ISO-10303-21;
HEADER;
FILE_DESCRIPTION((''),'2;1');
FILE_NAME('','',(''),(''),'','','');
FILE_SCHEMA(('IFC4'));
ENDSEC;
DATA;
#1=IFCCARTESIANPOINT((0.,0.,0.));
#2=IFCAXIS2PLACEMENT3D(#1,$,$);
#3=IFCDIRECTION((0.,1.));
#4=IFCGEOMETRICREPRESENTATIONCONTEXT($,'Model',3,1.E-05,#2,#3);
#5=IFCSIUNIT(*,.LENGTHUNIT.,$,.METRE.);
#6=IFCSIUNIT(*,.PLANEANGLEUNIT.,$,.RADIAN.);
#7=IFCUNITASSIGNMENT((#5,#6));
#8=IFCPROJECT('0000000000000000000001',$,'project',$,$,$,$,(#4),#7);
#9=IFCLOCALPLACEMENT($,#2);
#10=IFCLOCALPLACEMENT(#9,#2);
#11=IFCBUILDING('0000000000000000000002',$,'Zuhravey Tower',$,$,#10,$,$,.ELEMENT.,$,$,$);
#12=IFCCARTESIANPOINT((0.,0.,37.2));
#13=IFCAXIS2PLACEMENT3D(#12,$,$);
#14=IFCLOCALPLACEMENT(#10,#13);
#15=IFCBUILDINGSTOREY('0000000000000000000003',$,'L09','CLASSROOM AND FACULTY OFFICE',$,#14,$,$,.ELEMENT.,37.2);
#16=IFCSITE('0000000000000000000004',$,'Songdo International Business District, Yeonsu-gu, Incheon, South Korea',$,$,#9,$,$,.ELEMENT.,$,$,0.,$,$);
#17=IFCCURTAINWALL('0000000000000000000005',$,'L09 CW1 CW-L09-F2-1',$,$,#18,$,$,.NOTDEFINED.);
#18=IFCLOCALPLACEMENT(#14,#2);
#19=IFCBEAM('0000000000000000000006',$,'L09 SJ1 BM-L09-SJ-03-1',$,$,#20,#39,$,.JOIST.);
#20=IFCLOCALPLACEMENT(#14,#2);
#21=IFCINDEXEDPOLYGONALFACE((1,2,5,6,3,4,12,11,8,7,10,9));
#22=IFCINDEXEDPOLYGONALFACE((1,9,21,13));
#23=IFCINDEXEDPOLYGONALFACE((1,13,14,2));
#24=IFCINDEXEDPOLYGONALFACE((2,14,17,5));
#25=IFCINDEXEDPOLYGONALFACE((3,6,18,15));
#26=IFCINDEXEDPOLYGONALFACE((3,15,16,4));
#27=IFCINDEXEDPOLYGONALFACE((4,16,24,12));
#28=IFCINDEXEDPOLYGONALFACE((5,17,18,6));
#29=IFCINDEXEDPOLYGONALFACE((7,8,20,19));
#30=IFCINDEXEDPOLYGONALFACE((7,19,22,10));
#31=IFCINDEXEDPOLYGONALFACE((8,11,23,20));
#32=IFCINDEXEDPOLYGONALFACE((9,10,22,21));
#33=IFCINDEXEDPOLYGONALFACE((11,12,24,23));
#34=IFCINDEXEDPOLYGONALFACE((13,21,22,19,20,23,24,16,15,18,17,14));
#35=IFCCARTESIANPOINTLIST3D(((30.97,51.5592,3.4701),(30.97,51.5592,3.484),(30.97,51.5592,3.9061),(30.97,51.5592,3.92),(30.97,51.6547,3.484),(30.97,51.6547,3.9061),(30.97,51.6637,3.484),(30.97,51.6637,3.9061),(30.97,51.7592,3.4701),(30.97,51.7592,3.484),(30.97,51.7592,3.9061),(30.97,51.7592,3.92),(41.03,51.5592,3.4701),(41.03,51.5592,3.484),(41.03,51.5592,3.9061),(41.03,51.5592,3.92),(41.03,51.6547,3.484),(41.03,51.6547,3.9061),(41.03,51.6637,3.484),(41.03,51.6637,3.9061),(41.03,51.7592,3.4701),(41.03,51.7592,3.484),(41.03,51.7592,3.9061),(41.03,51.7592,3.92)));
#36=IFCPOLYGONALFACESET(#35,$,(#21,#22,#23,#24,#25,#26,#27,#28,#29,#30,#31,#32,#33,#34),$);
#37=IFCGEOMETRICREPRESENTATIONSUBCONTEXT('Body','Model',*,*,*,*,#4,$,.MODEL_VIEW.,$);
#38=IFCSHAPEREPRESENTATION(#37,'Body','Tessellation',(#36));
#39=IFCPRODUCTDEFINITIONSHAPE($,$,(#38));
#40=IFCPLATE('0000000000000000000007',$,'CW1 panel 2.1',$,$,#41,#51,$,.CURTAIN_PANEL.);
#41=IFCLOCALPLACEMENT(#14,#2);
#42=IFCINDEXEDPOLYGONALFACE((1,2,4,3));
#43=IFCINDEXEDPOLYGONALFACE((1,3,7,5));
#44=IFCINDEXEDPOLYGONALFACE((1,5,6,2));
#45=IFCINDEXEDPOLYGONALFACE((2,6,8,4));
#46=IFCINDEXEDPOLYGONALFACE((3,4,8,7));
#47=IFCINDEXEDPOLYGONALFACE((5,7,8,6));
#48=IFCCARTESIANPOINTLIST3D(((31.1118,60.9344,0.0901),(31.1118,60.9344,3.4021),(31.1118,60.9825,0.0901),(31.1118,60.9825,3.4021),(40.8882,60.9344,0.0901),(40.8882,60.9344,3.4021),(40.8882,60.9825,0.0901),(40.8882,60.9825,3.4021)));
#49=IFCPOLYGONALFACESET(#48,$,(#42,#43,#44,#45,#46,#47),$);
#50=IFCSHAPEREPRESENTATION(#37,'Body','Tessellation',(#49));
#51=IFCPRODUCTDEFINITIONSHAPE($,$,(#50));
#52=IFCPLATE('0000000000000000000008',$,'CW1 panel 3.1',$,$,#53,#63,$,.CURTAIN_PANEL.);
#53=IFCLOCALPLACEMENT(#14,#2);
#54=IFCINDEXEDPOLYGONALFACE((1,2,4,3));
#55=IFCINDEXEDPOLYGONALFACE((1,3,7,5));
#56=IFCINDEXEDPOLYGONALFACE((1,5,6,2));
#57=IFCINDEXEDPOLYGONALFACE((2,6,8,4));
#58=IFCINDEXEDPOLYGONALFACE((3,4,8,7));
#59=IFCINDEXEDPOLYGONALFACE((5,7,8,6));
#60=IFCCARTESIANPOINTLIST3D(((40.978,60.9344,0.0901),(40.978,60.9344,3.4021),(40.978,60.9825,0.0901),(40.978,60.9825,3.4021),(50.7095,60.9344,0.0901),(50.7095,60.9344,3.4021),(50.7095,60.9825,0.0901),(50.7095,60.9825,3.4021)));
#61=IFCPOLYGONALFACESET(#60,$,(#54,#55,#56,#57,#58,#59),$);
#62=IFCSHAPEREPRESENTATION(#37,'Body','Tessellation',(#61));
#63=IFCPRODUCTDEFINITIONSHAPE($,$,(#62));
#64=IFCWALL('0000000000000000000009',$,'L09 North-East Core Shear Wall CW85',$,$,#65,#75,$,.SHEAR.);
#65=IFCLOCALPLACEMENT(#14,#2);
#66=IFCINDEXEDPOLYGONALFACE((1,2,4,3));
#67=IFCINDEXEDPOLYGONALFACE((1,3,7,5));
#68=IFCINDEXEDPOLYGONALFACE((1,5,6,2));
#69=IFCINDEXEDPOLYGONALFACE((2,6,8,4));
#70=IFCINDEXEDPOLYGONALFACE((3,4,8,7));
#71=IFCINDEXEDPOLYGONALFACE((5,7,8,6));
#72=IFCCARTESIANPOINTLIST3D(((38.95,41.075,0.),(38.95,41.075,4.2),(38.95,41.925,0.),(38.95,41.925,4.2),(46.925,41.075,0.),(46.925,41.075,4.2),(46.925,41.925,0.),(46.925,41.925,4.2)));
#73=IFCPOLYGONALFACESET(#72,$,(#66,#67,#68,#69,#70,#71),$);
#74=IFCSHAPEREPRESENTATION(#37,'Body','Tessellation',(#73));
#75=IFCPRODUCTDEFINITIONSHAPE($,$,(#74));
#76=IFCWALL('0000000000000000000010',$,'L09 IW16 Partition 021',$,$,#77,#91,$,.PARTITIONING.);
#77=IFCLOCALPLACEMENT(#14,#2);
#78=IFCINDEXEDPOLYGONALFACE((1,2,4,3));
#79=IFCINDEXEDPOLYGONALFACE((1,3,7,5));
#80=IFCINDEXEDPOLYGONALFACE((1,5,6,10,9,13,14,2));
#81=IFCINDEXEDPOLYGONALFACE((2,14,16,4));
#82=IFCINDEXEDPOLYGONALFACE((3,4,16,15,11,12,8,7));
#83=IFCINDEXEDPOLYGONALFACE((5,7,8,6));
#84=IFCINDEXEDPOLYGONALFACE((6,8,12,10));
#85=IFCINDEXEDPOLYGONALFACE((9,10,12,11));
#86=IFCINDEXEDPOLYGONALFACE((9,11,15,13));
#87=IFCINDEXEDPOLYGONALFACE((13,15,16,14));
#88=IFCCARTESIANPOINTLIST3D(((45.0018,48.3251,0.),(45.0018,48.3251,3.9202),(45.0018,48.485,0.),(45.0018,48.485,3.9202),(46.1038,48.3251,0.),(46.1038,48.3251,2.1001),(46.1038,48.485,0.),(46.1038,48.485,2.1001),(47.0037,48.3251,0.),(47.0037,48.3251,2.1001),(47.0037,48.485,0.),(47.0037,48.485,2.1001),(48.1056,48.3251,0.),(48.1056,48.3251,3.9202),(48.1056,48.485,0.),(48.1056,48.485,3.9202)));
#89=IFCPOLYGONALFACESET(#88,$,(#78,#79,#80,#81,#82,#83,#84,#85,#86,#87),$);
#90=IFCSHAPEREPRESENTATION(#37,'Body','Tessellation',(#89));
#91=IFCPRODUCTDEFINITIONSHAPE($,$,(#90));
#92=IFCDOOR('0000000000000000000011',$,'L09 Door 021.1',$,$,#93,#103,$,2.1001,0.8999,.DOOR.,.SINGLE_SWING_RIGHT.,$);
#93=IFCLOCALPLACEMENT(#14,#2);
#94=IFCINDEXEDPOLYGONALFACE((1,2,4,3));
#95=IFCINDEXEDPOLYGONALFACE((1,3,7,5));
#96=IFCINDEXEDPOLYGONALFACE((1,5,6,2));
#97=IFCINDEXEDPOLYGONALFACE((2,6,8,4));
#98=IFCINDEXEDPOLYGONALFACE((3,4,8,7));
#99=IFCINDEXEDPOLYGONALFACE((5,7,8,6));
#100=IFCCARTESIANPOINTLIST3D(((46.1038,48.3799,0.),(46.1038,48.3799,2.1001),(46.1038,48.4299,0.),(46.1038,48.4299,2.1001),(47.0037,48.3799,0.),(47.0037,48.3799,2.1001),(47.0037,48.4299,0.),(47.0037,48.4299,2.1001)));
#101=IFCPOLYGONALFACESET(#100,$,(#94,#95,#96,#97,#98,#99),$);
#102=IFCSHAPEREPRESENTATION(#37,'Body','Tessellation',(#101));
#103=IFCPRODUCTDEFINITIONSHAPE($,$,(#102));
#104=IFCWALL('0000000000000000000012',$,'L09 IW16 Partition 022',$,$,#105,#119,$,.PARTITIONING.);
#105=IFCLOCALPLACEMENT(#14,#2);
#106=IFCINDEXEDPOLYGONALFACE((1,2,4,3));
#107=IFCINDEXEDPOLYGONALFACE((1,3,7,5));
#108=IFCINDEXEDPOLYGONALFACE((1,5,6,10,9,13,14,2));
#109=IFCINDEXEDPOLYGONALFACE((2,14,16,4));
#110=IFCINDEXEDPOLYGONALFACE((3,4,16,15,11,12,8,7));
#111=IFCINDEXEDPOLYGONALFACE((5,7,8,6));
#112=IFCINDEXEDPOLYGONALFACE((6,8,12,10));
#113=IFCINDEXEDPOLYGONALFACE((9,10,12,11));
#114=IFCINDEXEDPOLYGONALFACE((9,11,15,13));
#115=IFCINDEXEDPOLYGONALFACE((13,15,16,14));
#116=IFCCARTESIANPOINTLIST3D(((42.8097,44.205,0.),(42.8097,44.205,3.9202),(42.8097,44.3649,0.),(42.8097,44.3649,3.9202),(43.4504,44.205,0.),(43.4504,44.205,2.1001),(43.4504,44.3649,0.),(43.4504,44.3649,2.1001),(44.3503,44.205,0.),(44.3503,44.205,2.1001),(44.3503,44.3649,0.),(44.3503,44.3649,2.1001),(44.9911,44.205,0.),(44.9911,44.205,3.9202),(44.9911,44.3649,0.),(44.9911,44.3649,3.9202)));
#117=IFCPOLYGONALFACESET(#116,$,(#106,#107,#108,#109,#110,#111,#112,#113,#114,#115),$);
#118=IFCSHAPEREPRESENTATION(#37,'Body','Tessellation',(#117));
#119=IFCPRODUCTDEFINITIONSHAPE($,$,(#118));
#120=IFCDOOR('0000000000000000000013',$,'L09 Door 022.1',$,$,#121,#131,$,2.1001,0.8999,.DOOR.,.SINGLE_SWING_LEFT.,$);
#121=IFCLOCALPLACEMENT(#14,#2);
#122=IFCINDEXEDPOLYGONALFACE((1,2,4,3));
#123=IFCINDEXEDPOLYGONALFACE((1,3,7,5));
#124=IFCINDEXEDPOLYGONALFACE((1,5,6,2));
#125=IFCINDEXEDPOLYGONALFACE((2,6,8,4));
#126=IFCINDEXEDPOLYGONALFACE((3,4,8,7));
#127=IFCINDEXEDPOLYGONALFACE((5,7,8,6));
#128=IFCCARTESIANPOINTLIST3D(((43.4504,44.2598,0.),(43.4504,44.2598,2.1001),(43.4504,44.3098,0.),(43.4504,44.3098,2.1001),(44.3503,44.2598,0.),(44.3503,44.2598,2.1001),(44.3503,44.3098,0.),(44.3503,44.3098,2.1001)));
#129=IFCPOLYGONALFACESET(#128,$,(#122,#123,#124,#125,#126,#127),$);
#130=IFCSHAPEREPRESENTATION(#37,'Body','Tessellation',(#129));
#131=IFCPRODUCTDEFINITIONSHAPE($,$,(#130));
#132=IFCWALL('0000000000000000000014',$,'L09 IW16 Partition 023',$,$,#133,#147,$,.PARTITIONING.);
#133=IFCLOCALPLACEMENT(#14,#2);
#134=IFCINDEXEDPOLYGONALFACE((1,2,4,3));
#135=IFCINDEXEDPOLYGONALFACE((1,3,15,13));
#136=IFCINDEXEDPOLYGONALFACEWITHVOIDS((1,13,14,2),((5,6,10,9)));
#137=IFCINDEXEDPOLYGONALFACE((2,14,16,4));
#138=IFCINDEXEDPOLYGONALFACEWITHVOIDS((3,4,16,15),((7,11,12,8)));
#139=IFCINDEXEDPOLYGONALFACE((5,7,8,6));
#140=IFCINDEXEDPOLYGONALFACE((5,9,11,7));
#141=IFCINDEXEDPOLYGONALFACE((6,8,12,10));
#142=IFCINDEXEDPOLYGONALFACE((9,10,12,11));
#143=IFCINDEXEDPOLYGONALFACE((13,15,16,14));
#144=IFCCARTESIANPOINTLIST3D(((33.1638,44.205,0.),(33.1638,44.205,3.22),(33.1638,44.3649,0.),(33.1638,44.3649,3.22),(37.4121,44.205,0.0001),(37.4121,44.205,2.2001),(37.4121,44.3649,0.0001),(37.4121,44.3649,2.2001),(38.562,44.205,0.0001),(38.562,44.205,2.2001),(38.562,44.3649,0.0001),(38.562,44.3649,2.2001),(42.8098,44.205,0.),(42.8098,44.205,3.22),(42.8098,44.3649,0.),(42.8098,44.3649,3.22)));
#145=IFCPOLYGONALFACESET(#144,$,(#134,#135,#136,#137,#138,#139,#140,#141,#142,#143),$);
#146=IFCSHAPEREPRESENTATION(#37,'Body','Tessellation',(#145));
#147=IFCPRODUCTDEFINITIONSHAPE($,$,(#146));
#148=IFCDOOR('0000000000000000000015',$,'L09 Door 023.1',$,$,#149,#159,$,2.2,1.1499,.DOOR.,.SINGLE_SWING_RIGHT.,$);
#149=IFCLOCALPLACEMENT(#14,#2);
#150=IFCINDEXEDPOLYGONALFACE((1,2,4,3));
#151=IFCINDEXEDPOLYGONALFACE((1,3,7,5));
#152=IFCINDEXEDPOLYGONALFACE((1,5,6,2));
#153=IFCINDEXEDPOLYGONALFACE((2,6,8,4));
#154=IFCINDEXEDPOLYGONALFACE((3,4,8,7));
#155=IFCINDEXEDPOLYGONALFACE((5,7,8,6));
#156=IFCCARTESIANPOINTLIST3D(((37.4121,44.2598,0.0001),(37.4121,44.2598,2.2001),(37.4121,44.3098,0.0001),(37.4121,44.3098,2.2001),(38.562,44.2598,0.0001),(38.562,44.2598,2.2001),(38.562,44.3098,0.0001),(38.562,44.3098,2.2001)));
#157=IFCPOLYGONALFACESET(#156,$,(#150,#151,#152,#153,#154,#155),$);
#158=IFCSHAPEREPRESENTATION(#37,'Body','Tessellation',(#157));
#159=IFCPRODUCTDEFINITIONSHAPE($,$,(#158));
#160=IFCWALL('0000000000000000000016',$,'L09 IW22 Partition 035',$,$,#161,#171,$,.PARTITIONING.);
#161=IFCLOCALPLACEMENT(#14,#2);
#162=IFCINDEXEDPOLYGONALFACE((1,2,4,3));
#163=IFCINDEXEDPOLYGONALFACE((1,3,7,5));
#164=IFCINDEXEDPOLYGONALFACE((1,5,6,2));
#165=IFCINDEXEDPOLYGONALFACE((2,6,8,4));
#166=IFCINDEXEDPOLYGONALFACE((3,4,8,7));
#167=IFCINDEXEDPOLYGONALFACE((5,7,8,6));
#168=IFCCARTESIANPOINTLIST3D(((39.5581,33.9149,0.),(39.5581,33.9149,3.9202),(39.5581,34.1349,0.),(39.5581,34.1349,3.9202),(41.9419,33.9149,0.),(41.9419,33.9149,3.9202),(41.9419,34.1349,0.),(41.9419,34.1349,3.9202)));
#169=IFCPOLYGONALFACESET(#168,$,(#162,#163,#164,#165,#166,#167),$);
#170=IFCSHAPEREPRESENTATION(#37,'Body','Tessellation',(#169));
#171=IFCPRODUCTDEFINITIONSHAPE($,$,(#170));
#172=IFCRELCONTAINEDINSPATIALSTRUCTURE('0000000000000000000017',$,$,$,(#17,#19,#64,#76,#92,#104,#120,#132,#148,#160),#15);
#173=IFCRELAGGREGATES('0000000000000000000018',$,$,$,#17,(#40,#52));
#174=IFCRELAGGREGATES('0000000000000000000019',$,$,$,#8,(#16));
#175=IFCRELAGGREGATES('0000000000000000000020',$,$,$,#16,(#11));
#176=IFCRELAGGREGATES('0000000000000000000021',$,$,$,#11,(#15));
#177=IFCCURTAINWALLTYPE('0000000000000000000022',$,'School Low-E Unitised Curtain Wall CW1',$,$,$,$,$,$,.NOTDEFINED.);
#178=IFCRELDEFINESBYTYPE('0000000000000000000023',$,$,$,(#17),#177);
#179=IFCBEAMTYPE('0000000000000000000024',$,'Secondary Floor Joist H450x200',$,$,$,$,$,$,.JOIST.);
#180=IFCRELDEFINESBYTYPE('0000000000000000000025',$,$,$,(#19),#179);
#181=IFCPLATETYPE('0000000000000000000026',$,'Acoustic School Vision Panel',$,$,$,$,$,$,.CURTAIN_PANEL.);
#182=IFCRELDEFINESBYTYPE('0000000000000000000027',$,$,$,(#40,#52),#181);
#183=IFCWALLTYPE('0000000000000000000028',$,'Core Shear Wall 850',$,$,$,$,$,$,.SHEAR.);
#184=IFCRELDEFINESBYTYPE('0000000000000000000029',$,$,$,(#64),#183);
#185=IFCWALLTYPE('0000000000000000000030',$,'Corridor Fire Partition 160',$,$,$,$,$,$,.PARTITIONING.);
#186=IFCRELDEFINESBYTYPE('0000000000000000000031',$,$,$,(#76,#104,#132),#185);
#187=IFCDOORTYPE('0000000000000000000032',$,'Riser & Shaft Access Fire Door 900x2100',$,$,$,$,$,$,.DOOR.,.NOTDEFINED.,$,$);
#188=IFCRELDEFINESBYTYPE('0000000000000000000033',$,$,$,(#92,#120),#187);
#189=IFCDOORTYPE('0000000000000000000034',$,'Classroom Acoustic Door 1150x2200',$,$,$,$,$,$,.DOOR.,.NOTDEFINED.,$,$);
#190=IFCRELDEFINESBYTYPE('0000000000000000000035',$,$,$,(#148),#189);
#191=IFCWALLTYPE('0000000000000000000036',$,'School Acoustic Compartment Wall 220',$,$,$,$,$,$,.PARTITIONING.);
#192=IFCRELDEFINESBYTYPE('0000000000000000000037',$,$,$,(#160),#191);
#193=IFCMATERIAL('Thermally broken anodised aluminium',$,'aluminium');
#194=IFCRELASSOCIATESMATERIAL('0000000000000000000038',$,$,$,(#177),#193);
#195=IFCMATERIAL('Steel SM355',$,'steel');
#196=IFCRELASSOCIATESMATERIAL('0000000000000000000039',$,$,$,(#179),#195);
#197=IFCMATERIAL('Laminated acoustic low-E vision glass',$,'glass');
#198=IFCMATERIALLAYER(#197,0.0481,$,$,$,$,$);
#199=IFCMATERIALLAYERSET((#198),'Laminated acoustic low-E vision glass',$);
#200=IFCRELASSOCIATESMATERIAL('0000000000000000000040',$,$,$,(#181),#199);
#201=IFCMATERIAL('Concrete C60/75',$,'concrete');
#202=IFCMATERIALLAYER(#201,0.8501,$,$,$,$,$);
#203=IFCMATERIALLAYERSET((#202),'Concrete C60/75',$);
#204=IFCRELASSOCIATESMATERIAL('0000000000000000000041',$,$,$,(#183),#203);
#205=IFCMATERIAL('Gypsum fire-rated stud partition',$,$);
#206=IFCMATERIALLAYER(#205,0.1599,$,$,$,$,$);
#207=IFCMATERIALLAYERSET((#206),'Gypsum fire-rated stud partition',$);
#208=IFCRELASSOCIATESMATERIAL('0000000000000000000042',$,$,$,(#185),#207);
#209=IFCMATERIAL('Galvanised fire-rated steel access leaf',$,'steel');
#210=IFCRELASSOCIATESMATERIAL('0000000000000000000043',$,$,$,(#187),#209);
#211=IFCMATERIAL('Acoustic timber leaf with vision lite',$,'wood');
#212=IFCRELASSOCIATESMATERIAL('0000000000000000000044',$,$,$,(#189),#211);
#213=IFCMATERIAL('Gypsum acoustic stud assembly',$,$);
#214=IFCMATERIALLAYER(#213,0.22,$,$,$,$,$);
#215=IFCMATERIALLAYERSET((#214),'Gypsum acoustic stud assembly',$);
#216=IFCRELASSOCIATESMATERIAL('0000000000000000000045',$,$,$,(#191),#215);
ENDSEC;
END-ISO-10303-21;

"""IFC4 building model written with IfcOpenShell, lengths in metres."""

from ifc_helpers import new_model, si_unit, direction, frame, frame_2d, origin, origin_2d, place, context, subcontext, project, spatial, rectangle, i_section, extrude, material, layer, layer_set, material_profile, profile_set, type_object, element, fill, aggregate, save


model = new_model("IFC4")

# Units and contexts
model_context = context("Model", 3, precision=1e-05, world=origin(), true_north=direction((0.0, 1.0)))
body_context = subcontext(model_context, "Body", "Model", "MODEL_VIEW")
ifc_project = project(units=[si_unit("LENGTHUNIT", "METRE"), si_unit("PLANEANGLEUNIT", "RADIAN")], contexts=[model_context])

# Site, building, storey
site_placement = place(None, origin())
site = spatial("IfcSite", under=ifc_project, at=site_placement, Name="Songdo International Business District, Yeonsu-gu, Incheon, South Korea", CompositionType="ELEMENT", RefElevation=0.0)
building_placement = place(site_placement, origin())
building = spatial("IfcBuilding", under=site, at=building_placement, Name="Zuhravey Tower", CompositionType="ELEMENT")
storey_placement = place(building_placement, frame((0.0, 0.0, 37.2)))
storey = spatial("IfcBuildingStorey", under=building, at=storey_placement, Name="L09", Description="CLASSROOM AND FACULTY OFFICE", CompositionType="ELEMENT", Elevation=37.2)

# Shared definitions
ifc_material_1 = material(Name="Concrete C60/75", Category="concrete")

# Curtain wall
ifc_material_2 = material(Name="Thermally broken anodised aluminium", Category="aluminium")
curtain_wall_type = type_object("IfcCurtainWallType", Name="School Low-E Unitised Curtain Wall CW1", PredefinedType="NOTDEFINED", material=ifc_material_2)
curtain_wall_placement = place(storey_placement, origin())
curtain_wall = element("IfcCurtainWall", 1, at=curtain_wall_placement, inside=storey, type_object=curtain_wall_type, Name="L09 CW1 CW-L09-F2-1", PredefinedType="NOTDEFINED")

# Beam
ifc_material_3 = material(Name="Steel SM355", Category="steel")
ifc_material_profile_1 = material_profile(ifc_material_3, i_section(OverallWidth=0.2, OverallDepth=0.45, WebThickness=0.009, FlangeThickness=0.0139, at=origin_2d()), Name="H-450x200x9x14")
ifc_profile_set_1 = profile_set([ifc_material_profile_1], Name="Steel SM355")
beam_type_1 = type_object("IfcBeamType", Name="Secondary Floor Joist H450x200", PredefinedType="JOIST", material=ifc_profile_set_1)
beam_1_placement = place(storey_placement, frame((41.03, 51.6592, 3.6951), z_axis=(-1.0, 0.0, 0.0), x_axis=(0.0, -1.0, 0.0)))
element("IfcBeam", 2, at=beam_1_placement, inside=storey, type_object=beam_type_1, Name="L09 SJ1 BM-L09-SJ-03-1", PredefinedType="JOIST", context=body_context, shape_type="SweptSolid", body=[
    extrude(i_section(OverallWidth=0.2, OverallDepth=0.45, WebThickness=0.009, FlangeThickness=0.0139, at=origin_2d()), origin(), (0.0, 0.0, 1.0), 10.0601),
])

# Plates
ifc_material_4 = material(Name="Laminated acoustic low-E vision glass", Category="glass")
ifc_layer_1 = layer(ifc_material_4, 0.0481)
ifc_layer_set_1 = layer_set([ifc_layer_1], Name="Laminated acoustic low-E vision glass")
plate_type = type_object("IfcPlateType", Name="Acoustic School Vision Panel", PredefinedType="CURTAIN_PANEL", material=ifc_layer_set_1)
plate_1_placement = place(storey_placement, frame((36.0, 60.9585, 0.0901), z_axis=(0.0, 0.0, 1.0), x_axis=(1.0, 0.0, 0.0)))
plate_1 = element("IfcPlate", 3, at=plate_1_placement, type_object=plate_type, Name="CW1 panel 2.1", PredefinedType="CURTAIN_PANEL", context=body_context, shape_type="SweptSolid", body=[
    extrude(rectangle(XDim=9.7764, YDim=0.0481, at=origin_2d()), origin(), (0.0, 0.0, 1.0), 3.312),
])
plate_2_placement = place(storey_placement, frame((45.8438, 60.9585, 0.0901), z_axis=(0.0, 0.0, 1.0), x_axis=(1.0, 0.0, 0.0)))
plate_2 = element("IfcPlate", 4, at=plate_2_placement, type_object=plate_type, Name="CW1 panel 3.1", PredefinedType="CURTAIN_PANEL", context=body_context, shape_type="SweptSolid", body=[
    extrude(rectangle(XDim=9.7314, YDim=0.0481, at=origin_2d()), origin(), (0.0, 0.0, 1.0), 3.312),
])
aggregate(curtain_wall, [plate_1, plate_2])

# Wall
ifc_layer_2 = layer(ifc_material_1, 0.8501)
ifc_layer_set_2 = layer_set([ifc_layer_2], Name="Concrete C60/75")
wall_type_1 = type_object("IfcWallType", Name="Core Shear Wall 850", PredefinedType="SHEAR", material=ifc_layer_set_2)
wall_1_placement = place(storey_placement, frame((46.925, 41.5, 0.0), z_axis=(0.0, 0.0, 1.0), x_axis=(-1.0, 0.0, 0.0)))
element("IfcWall", 5, at=wall_1_placement, inside=storey, type_object=wall_type_1, Name="L09 North-East Core Shear Wall CW85", PredefinedType="SHEAR", context=body_context, shape_type="SweptSolid", body=[
    extrude(rectangle(XDim=7.9751, YDim=0.8501, at=frame_2d((3.9875, 0.0))), origin(), (0.0, 0.0, 1.0), 4.2),
])

# Walls, openings, doors
ifc_material_5 = material(Name="Gypsum fire-rated stud partition")
ifc_layer_3 = layer(ifc_material_5, 0.1599)
ifc_layer_set_3 = layer_set([ifc_layer_3], Name="Gypsum fire-rated stud partition")
wall_type_2 = type_object("IfcWallType", Name="Corridor Fire Partition 160", PredefinedType="PARTITIONING", material=ifc_layer_set_3)
wall_2_placement = place(storey_placement, frame((45.002, 48.405, 0.0), z_axis=(0.0, 0.0, 1.0), x_axis=(1.0, 0.0, 0.0)))
wall_2 = element("IfcWall", 6, at=wall_2_placement, inside=storey, type_object=wall_type_2, Name="L09 IW16 Partition 021", PredefinedType="PARTITIONING", context=body_context, shape_type="SweptSolid", body=[
    extrude(rectangle(XDim=3.1038, YDim=0.1599, at=frame_2d((1.5518, 0.0))), origin(), (0.0, 0.0, 1.0), 3.9202),
])
opening_1_placement = place(wall_2_placement, frame((1.1018, 0.0, 0.0)))
opening_1 = element("IfcOpeningElement", 7, at=opening_1_placement, cuts=wall_2, PredefinedType="OPENING", context=body_context, shape_type="SweptSolid", body=[
    extrude(rectangle(XDim=0.8999, YDim=2.1001, at=frame_2d((0.45, 1.05))), frame((0.0, 0.092, 0.0), z_axis=(0.0, -1.0, 0.0), x_axis=(1.0, 0.0, 0.0)), (0.0, 0.0, 1.0), 0.1838),
])
ifc_material_6 = material(Name="Galvanised fire-rated steel access leaf", Category="steel")
door_type_1 = type_object("IfcDoorType", Name="Riser & Shaft Access Fire Door 900x2100", OperationType="NOTDEFINED", PredefinedType="DOOR", material=ifc_material_6)
door_1_placement = place(opening_1_placement, origin())
door_1 = element("IfcDoor", 8, at=door_1_placement, inside=storey, type_object=door_type_1, Name="L09 Door 021.1", OperationType="SINGLE_SWING_RIGHT", OverallHeight=2.1001, OverallWidth=0.8999, PredefinedType="DOOR", context=body_context, shape_type="SweptSolid", body=[
    extrude(rectangle(XDim=0.8999, YDim=2.1001, at=frame_2d((0.45, 1.05))), frame((0.0, 0.0249, 0.0), z_axis=(0.0, -1.0, 0.0), x_axis=(1.0, 0.0, 0.0)), (0.0, 0.0, 1.0), 0.05),
])
fill(opening_1, door_1)
wall_3_placement = place(storey_placement, frame((44.9912, 44.2849, 0.0), z_axis=(0.0, 0.0, 1.0), x_axis=(-1.0, 0.0, 0.0)))
wall_3 = element("IfcWall", 9, at=wall_3_placement, inside=storey, type_object=wall_type_2, Name="L09 IW16 Partition 022", PredefinedType="PARTITIONING", context=body_context, shape_type="SweptSolid", body=[
    extrude(rectangle(XDim=2.1814, YDim=0.1599, at=frame_2d((1.0908, 0.0))), origin(), (0.0, 0.0, 1.0), 3.9202),
])
opening_2_placement = place(wall_3_placement, frame((0.6409, 0.0, 0.0)))
opening_2 = element("IfcOpeningElement", 10, at=opening_2_placement, cuts=wall_3, PredefinedType="OPENING", context=body_context, shape_type="SweptSolid", body=[
    extrude(rectangle(XDim=0.8999, YDim=2.1001, at=frame_2d((0.45, 1.05))), frame((0.0, 0.092, 0.0), z_axis=(0.0, -1.0, 0.0), x_axis=(1.0, 0.0, 0.0)), (0.0, 0.0, 1.0), 0.1838),
])
door_2_placement = place(opening_2_placement, frame((0.8999, 0.0, 0.0), z_axis=(0.0, 0.0, 1.0), x_axis=(-1.0, 0.0, 0.0)))
door_2 = element("IfcDoor", 11, at=door_2_placement, inside=storey, type_object=door_type_1, Name="L09 Door 022.1", OperationType="SINGLE_SWING_LEFT", OverallHeight=2.1001, OverallWidth=0.8999, PredefinedType="DOOR", context=body_context, shape_type="SweptSolid", body=[
    extrude(rectangle(XDim=0.8999, YDim=2.1001, at=frame_2d((0.45, 1.05))), frame((0.0, 0.0249, 0.0), z_axis=(0.0, -1.0, 0.0), x_axis=(1.0, 0.0, 0.0)), (0.0, 0.0, 1.0), 0.05),
])
fill(opening_2, door_2)
wall_4_placement = place(storey_placement, frame((42.8098, 44.2849, 0.0), z_axis=(0.0, 0.0, 1.0), x_axis=(-1.0, 0.0, 0.0)))
wall_4 = element("IfcWall", 12, at=wall_4_placement, inside=storey, type_object=wall_type_2, Name="L09 IW16 Partition 023", PredefinedType="PARTITIONING", context=body_context, shape_type="SweptSolid", body=[
    extrude(rectangle(XDim=9.646, YDim=0.1599, at=frame_2d((4.823, 0.0))), origin(), (0.0, 0.0, 1.0), 3.22),
])
opening_3_placement = place(wall_4_placement, frame((4.2478, 0.0, 0.0)))
opening_3 = element("IfcOpeningElement", 13, at=opening_3_placement, cuts=wall_4, PredefinedType="OPENING", context=body_context, shape_type="SweptSolid", body=[
    extrude(rectangle(XDim=1.1499, YDim=2.2, at=frame_2d((0.575, 1.1001))), frame((0.0, 0.092, 0.0), z_axis=(0.0, -1.0, 0.0), x_axis=(1.0, 0.0, 0.0)), (0.0, 0.0, 1.0), 0.1838),
])
ifc_material_7 = material(Name="Acoustic timber leaf with vision lite", Category="wood")
door_type_2 = type_object("IfcDoorType", Name="Classroom Acoustic Door 1150x2200", OperationType="NOTDEFINED", PredefinedType="DOOR", material=ifc_material_7)
door_3_placement = place(opening_3_placement, frame((1.1499, 0.0, 0.0), z_axis=(0.0, 0.0, 1.0), x_axis=(-1.0, 0.0, 0.0)))
door_3 = element("IfcDoor", 14, at=door_3_placement, inside=storey, type_object=door_type_2, Name="L09 Door 023.1", OperationType="SINGLE_SWING_RIGHT", OverallHeight=2.2, OverallWidth=1.1499, PredefinedType="DOOR", context=body_context, shape_type="SweptSolid", body=[
    extrude(rectangle(XDim=1.1499, YDim=2.2, at=frame_2d((0.575, 1.1001))), frame((0.0, 0.0249, 0.0), z_axis=(0.0, -1.0, 0.0), x_axis=(1.0, 0.0, 0.0)), (0.0, 0.0, 1.0), 0.05),
])
fill(opening_3, door_3)

# Wall
ifc_material_8 = material(Name="Gypsum acoustic stud assembly")
ifc_layer_4 = layer(ifc_material_8, 0.22)
ifc_layer_set_4 = layer_set([ifc_layer_4], Name="Gypsum acoustic stud assembly")
wall_type_3 = type_object("IfcWallType", Name="School Acoustic Compartment Wall 220", PredefinedType="PARTITIONING", material=ifc_layer_set_4)
for number, where, z_axis, x_axis, name in (
    (15, (39.5581, 34.0249, 0.0), (0.0, 0.0, 1.0), (1.0, 0.0, 0.0), "L09 IW22 Partition 035"),
):
    element("IfcWall", number, at=place(storey_placement, frame(where, z_axis=z_axis, x_axis=x_axis)), inside=storey, type_object=wall_type_3, Name=name, PredefinedType="PARTITIONING", context=body_context, shape_type="SweptSolid", body=[
        extrude(rectangle(XDim=2.3838, YDim=0.22, at=frame_2d((1.1919, 0.0))), origin(), (0.0, 0.0, 1.0), 3.9202),
    ])

save(model, "model.ifc")
